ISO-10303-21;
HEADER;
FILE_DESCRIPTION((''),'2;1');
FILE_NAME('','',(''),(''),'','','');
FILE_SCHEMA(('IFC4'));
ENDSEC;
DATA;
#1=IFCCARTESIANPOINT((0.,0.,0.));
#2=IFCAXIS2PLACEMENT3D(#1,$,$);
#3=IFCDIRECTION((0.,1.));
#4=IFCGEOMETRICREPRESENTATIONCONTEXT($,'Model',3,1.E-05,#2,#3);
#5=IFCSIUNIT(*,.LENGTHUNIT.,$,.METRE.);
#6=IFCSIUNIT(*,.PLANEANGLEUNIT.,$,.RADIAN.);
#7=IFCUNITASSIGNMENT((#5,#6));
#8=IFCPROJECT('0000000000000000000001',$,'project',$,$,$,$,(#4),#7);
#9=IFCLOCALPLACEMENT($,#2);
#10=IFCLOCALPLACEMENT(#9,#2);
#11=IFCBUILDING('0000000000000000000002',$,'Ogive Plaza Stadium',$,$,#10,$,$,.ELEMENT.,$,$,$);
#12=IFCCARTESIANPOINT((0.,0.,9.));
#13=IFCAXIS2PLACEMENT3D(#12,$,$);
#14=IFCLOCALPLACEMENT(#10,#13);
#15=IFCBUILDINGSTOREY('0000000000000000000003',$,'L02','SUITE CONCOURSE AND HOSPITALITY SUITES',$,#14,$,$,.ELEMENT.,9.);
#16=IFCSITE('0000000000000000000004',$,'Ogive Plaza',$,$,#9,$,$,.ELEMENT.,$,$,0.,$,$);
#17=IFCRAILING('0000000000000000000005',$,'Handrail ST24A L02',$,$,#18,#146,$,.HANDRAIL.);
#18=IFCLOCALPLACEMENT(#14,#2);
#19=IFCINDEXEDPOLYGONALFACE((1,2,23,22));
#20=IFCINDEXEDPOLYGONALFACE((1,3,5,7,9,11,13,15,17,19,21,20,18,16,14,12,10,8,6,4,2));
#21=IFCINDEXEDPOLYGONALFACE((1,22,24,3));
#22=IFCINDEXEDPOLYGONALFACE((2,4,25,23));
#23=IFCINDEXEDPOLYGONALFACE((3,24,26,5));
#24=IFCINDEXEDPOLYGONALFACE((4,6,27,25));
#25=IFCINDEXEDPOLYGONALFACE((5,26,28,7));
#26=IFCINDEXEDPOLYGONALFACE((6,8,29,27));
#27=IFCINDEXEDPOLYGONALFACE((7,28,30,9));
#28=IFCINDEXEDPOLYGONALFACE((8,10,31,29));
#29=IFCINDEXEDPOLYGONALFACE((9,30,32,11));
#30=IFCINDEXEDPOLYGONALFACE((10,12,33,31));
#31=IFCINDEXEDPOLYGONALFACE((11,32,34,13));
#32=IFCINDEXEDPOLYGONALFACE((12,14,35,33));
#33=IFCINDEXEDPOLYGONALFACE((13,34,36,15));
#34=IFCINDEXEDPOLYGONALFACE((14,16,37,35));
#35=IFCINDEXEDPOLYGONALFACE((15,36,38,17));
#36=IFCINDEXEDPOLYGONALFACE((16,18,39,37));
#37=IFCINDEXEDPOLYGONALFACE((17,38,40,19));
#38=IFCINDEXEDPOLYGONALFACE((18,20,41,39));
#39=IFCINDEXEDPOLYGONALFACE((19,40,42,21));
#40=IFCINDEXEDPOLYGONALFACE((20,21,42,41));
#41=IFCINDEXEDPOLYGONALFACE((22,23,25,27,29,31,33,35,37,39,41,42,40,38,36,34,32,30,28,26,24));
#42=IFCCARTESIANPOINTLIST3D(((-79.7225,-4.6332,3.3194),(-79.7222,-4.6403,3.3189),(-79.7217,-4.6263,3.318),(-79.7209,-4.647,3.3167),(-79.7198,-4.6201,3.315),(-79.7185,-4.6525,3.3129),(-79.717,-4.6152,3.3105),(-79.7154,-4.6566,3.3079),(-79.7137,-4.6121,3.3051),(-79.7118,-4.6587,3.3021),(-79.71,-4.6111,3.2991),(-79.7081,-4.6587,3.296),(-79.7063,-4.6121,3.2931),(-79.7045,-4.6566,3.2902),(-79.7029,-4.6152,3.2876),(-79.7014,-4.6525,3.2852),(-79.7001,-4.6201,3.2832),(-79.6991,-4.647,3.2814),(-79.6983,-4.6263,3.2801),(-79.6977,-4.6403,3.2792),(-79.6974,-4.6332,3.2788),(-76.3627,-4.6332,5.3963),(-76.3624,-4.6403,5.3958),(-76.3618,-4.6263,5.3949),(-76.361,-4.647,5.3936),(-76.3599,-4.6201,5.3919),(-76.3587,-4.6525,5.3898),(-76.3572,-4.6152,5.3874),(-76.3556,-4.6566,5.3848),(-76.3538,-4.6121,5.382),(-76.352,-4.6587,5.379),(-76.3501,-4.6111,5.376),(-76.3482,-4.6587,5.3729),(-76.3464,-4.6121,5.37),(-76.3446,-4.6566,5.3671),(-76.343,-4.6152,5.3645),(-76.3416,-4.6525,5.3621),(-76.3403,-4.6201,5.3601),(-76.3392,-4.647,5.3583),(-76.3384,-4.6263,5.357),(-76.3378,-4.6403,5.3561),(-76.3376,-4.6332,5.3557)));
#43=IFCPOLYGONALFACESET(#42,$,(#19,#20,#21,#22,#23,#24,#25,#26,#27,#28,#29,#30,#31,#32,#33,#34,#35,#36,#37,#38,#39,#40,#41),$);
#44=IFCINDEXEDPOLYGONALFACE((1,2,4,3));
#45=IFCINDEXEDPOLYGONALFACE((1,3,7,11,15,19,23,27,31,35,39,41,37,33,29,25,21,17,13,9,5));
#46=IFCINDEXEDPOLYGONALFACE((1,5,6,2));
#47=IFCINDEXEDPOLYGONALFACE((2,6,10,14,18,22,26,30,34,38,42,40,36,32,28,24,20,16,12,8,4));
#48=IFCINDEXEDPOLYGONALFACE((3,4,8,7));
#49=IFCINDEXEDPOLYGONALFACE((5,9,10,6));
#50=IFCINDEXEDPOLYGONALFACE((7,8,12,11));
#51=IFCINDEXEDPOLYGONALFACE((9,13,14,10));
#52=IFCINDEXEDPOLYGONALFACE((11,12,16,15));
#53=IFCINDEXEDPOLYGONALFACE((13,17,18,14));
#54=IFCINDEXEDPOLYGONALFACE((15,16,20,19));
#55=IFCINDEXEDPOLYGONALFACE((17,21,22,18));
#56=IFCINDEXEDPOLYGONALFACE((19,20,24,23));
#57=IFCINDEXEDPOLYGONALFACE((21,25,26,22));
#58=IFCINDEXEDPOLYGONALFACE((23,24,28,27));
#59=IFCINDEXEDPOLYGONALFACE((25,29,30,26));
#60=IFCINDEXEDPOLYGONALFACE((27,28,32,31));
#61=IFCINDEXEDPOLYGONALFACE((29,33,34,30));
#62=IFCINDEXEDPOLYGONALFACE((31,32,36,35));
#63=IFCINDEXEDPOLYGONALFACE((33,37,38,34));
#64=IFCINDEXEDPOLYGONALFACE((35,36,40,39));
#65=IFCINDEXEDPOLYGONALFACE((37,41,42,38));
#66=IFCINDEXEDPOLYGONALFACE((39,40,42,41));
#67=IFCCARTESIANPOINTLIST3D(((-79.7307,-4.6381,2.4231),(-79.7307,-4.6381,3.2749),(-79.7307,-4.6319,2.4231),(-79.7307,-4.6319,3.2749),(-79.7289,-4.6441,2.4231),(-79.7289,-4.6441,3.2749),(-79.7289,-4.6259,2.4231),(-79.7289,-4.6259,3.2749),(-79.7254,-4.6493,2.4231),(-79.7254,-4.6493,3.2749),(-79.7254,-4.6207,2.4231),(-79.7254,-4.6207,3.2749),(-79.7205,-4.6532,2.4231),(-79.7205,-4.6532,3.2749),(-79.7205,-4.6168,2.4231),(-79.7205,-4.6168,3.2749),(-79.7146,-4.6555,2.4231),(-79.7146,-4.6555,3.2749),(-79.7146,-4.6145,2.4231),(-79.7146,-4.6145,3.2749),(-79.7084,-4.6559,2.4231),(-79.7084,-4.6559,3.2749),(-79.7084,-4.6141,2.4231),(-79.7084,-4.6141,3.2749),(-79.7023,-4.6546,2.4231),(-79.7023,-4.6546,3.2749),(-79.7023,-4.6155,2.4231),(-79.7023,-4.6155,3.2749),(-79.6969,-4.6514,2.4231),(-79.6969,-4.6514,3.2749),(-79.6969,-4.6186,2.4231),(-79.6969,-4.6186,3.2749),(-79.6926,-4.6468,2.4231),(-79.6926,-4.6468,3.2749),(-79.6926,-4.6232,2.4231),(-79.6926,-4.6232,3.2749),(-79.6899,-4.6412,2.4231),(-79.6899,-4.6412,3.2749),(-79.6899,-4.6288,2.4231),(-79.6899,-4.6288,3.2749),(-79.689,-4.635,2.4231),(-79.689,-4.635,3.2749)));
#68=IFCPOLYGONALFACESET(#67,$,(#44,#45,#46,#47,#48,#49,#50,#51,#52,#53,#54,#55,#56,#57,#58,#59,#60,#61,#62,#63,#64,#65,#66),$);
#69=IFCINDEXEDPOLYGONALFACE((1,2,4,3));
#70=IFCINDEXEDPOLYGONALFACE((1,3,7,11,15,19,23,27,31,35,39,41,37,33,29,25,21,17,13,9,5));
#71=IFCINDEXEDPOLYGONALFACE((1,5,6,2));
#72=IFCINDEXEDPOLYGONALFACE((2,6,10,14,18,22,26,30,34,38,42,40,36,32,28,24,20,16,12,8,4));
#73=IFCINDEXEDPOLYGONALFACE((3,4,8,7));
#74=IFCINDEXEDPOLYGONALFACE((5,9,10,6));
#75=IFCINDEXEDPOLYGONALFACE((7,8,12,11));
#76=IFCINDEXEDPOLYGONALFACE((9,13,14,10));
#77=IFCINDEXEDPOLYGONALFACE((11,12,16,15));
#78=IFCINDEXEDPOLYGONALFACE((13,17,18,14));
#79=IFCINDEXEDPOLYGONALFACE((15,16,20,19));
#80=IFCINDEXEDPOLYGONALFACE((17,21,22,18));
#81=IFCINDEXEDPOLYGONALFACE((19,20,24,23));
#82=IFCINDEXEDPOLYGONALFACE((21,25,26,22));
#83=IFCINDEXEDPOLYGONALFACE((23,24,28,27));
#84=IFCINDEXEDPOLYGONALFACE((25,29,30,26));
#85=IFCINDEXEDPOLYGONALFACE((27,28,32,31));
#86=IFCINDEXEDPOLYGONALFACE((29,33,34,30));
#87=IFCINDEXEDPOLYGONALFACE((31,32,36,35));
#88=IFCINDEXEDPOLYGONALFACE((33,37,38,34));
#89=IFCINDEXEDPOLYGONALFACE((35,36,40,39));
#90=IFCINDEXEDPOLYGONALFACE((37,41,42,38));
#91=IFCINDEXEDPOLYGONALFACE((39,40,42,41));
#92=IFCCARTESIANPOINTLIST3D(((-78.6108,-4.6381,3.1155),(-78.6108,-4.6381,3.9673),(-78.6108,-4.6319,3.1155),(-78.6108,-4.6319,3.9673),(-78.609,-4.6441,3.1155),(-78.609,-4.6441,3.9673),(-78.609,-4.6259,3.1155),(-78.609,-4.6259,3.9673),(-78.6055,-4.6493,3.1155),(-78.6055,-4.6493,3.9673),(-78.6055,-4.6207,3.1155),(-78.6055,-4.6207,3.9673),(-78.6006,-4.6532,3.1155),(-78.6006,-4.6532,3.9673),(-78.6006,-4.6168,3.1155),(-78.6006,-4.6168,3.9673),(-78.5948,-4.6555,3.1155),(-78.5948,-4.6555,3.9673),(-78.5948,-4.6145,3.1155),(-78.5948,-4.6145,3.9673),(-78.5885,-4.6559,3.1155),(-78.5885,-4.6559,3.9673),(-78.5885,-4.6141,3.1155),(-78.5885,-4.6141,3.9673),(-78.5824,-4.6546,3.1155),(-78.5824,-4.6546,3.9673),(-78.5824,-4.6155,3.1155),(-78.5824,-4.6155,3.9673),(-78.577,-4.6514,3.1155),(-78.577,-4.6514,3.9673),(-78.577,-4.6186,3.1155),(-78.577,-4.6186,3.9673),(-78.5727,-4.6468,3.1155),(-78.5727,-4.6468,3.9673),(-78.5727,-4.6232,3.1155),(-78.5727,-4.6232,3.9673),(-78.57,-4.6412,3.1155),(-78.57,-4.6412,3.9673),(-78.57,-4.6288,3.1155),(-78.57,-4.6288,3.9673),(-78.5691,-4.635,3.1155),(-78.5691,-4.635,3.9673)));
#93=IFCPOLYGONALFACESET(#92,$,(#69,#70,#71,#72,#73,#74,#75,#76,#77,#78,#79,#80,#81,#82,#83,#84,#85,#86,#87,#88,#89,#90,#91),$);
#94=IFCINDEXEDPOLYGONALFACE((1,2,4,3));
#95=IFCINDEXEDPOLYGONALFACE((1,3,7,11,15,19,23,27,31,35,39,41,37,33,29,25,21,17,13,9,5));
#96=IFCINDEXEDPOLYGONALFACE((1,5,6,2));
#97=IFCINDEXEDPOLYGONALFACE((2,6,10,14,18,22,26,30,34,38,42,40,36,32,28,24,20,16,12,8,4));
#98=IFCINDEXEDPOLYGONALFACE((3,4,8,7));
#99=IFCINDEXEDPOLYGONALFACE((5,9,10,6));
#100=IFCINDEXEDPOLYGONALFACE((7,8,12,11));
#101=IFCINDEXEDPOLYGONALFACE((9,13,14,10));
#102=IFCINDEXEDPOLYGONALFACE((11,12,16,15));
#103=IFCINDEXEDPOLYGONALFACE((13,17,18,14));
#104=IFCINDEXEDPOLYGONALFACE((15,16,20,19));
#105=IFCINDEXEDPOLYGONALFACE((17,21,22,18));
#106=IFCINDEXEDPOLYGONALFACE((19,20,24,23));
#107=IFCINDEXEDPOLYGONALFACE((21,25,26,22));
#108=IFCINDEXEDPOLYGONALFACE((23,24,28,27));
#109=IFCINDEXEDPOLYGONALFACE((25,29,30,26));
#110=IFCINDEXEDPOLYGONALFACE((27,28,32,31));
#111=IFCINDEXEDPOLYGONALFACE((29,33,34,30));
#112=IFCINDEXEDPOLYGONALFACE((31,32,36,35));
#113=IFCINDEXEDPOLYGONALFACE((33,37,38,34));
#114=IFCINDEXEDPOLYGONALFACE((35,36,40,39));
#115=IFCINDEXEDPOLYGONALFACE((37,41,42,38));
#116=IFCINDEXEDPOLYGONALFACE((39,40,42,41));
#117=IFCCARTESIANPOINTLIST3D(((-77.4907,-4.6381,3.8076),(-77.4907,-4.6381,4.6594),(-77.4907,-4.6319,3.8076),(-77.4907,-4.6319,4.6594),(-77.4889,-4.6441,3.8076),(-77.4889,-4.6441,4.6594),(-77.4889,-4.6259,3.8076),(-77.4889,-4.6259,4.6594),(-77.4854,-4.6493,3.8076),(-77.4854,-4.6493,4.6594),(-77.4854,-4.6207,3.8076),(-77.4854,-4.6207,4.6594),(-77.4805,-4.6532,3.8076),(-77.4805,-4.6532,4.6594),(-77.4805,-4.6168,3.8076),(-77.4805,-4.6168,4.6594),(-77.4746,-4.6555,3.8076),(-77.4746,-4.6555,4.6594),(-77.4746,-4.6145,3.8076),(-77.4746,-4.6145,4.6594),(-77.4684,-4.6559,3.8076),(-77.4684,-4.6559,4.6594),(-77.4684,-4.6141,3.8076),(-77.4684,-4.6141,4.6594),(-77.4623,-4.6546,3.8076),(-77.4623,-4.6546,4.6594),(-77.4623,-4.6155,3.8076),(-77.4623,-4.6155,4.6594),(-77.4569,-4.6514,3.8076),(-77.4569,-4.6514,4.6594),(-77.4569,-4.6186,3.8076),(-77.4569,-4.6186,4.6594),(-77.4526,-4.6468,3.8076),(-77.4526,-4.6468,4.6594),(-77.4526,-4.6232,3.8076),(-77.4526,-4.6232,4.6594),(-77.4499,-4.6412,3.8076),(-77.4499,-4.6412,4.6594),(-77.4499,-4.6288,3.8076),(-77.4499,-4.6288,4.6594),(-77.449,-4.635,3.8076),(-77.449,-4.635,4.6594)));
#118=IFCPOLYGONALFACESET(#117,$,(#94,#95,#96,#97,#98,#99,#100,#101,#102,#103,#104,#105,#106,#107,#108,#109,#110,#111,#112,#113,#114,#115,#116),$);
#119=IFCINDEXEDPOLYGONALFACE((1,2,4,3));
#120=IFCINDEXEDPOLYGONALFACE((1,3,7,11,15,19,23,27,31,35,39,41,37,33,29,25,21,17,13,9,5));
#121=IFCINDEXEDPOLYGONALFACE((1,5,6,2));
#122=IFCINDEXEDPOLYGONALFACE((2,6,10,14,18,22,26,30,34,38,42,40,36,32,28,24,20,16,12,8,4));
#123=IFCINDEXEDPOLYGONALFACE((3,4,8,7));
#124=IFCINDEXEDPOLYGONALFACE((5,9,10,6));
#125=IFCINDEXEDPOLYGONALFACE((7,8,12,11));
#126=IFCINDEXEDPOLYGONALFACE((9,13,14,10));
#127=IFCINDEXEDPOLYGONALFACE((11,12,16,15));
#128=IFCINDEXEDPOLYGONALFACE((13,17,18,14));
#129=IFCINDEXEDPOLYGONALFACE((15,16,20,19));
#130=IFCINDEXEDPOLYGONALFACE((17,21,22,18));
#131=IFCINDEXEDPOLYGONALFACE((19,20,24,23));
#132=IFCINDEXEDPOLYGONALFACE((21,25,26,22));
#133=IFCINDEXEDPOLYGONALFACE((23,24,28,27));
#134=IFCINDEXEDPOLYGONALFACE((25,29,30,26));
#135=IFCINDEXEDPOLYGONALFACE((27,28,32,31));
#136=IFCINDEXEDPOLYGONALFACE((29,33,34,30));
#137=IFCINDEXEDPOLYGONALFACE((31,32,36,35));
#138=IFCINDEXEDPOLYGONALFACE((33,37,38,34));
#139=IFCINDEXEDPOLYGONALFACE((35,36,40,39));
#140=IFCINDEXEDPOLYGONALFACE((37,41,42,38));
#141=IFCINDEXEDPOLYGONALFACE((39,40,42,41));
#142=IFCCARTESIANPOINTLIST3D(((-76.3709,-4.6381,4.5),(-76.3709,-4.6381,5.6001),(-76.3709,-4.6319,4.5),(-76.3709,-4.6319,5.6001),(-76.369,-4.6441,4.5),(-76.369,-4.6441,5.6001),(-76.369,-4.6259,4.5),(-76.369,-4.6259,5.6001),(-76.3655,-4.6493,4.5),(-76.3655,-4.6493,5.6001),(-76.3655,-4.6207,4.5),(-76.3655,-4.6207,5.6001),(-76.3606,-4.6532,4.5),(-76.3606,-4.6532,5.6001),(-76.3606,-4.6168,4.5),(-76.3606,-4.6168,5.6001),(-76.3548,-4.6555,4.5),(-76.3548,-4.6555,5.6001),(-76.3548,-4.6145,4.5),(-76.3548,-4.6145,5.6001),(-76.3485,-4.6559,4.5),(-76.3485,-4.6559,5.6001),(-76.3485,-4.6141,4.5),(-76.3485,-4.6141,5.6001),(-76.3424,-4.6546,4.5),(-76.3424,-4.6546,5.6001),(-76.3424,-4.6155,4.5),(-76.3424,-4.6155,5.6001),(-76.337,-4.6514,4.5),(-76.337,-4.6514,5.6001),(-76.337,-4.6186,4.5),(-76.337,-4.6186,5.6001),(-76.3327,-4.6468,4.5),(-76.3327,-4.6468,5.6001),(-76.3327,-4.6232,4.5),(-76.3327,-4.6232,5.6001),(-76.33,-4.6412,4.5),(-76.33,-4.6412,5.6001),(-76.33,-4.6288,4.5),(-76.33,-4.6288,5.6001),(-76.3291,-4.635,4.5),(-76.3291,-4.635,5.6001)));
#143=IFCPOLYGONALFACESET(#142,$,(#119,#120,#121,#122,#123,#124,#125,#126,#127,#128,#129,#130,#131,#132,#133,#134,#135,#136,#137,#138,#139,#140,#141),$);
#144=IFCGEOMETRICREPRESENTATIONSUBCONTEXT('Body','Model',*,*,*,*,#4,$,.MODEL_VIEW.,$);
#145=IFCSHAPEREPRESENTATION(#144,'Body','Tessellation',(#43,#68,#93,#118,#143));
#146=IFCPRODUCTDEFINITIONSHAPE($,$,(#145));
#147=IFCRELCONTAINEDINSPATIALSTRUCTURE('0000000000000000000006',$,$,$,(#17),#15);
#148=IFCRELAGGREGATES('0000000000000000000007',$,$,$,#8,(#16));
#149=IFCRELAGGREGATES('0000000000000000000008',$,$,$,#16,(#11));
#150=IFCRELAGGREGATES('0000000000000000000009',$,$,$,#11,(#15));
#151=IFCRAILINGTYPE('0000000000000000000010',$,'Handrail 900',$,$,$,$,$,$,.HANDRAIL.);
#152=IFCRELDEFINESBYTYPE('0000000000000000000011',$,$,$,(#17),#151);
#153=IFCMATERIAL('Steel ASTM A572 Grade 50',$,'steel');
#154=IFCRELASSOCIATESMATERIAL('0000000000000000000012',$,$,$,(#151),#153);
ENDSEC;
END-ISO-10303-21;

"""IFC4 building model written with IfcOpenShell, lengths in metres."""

from ifc_helpers import new_model, si_unit, direction, frame, origin, origin_2d, place, context, subcontext, project, spatial, circle, extrude, material, type_object, element, save


model = new_model("IFC4")

# Units and contexts
model_context = context("Model", 3, precision=1e-05, world=origin(), true_north=direction((0.0, 1.0)))
body_context = subcontext(model_context, "Body", "Model", "MODEL_VIEW")
ifc_project = project(units=[si_unit("LENGTHUNIT", "METRE"), si_unit("PLANEANGLEUNIT", "RADIAN")], contexts=[model_context])

# Site, building, storey
site_placement = place(None, origin())
site = spatial("IfcSite", under=ifc_project, at=site_placement, Name="Ogive Plaza", CompositionType="ELEMENT", RefElevation=0.0)
building_placement = place(site_placement, origin())
building = spatial("IfcBuilding", under=site, at=building_placement, Name="Ogive Plaza Stadium", CompositionType="ELEMENT")
storey_placement = place(building_placement, frame((0.0, 0.0, 9.0)))
storey = spatial("IfcBuildingStorey", under=building, at=storey_placement, Name="L02", Description="SUITE CONCOURSE AND HOSPITALITY SUITES", CompositionType="ELEMENT", Elevation=9.0)

# Railing
ifc_material_1 = material(Name="Steel ASTM A572 Grade 50", Category="steel")
railing_type_1 = type_object("IfcRailingType", Name="Handrail 900", PredefinedType="HANDRAIL", material=ifc_material_1)
for number, where, name in (
    (1, (-79.71, -4.635, 2.4231), "Handrail ST24A L02"),
):
    element("IfcRailing", number, at=place(storey_placement, frame(where)), inside=storey, type_object=railing_type_1, Name=name, PredefinedType="HANDRAIL", context=body_context, shape_type="SweptSolid", body=[
        extrude(circle(Radius=0.0239, at=origin_2d()), frame((0.0, 0.0, 0.876), z_axis=(0.850606, 0.0, 0.525803), x_axis=(0.0, 1.0, 0.0)), (0.0, 0.0, 1.0), 3.95),
        extrude(circle(Radius=0.021, at=origin_2d()), origin(), (0.0, 0.0, 1.0), 0.8518),
        extrude(circle(Radius=0.021, at=origin_2d()), frame((1.1199, 0.0, 0.6924)), (0.0, 0.0, 1.0), 0.8518),
        extrude(circle(Radius=0.021, at=origin_2d()), frame((2.24, 0.0, 1.3845)), (0.0, 0.0, 1.0), 0.8518),
        extrude(circle(Radius=0.021, at=origin_2d()), frame((3.3599, 0.0, 2.0769)), (0.0, 0.0, 1.0), 1.1001),
    ])

save(model, "model.ifc")
